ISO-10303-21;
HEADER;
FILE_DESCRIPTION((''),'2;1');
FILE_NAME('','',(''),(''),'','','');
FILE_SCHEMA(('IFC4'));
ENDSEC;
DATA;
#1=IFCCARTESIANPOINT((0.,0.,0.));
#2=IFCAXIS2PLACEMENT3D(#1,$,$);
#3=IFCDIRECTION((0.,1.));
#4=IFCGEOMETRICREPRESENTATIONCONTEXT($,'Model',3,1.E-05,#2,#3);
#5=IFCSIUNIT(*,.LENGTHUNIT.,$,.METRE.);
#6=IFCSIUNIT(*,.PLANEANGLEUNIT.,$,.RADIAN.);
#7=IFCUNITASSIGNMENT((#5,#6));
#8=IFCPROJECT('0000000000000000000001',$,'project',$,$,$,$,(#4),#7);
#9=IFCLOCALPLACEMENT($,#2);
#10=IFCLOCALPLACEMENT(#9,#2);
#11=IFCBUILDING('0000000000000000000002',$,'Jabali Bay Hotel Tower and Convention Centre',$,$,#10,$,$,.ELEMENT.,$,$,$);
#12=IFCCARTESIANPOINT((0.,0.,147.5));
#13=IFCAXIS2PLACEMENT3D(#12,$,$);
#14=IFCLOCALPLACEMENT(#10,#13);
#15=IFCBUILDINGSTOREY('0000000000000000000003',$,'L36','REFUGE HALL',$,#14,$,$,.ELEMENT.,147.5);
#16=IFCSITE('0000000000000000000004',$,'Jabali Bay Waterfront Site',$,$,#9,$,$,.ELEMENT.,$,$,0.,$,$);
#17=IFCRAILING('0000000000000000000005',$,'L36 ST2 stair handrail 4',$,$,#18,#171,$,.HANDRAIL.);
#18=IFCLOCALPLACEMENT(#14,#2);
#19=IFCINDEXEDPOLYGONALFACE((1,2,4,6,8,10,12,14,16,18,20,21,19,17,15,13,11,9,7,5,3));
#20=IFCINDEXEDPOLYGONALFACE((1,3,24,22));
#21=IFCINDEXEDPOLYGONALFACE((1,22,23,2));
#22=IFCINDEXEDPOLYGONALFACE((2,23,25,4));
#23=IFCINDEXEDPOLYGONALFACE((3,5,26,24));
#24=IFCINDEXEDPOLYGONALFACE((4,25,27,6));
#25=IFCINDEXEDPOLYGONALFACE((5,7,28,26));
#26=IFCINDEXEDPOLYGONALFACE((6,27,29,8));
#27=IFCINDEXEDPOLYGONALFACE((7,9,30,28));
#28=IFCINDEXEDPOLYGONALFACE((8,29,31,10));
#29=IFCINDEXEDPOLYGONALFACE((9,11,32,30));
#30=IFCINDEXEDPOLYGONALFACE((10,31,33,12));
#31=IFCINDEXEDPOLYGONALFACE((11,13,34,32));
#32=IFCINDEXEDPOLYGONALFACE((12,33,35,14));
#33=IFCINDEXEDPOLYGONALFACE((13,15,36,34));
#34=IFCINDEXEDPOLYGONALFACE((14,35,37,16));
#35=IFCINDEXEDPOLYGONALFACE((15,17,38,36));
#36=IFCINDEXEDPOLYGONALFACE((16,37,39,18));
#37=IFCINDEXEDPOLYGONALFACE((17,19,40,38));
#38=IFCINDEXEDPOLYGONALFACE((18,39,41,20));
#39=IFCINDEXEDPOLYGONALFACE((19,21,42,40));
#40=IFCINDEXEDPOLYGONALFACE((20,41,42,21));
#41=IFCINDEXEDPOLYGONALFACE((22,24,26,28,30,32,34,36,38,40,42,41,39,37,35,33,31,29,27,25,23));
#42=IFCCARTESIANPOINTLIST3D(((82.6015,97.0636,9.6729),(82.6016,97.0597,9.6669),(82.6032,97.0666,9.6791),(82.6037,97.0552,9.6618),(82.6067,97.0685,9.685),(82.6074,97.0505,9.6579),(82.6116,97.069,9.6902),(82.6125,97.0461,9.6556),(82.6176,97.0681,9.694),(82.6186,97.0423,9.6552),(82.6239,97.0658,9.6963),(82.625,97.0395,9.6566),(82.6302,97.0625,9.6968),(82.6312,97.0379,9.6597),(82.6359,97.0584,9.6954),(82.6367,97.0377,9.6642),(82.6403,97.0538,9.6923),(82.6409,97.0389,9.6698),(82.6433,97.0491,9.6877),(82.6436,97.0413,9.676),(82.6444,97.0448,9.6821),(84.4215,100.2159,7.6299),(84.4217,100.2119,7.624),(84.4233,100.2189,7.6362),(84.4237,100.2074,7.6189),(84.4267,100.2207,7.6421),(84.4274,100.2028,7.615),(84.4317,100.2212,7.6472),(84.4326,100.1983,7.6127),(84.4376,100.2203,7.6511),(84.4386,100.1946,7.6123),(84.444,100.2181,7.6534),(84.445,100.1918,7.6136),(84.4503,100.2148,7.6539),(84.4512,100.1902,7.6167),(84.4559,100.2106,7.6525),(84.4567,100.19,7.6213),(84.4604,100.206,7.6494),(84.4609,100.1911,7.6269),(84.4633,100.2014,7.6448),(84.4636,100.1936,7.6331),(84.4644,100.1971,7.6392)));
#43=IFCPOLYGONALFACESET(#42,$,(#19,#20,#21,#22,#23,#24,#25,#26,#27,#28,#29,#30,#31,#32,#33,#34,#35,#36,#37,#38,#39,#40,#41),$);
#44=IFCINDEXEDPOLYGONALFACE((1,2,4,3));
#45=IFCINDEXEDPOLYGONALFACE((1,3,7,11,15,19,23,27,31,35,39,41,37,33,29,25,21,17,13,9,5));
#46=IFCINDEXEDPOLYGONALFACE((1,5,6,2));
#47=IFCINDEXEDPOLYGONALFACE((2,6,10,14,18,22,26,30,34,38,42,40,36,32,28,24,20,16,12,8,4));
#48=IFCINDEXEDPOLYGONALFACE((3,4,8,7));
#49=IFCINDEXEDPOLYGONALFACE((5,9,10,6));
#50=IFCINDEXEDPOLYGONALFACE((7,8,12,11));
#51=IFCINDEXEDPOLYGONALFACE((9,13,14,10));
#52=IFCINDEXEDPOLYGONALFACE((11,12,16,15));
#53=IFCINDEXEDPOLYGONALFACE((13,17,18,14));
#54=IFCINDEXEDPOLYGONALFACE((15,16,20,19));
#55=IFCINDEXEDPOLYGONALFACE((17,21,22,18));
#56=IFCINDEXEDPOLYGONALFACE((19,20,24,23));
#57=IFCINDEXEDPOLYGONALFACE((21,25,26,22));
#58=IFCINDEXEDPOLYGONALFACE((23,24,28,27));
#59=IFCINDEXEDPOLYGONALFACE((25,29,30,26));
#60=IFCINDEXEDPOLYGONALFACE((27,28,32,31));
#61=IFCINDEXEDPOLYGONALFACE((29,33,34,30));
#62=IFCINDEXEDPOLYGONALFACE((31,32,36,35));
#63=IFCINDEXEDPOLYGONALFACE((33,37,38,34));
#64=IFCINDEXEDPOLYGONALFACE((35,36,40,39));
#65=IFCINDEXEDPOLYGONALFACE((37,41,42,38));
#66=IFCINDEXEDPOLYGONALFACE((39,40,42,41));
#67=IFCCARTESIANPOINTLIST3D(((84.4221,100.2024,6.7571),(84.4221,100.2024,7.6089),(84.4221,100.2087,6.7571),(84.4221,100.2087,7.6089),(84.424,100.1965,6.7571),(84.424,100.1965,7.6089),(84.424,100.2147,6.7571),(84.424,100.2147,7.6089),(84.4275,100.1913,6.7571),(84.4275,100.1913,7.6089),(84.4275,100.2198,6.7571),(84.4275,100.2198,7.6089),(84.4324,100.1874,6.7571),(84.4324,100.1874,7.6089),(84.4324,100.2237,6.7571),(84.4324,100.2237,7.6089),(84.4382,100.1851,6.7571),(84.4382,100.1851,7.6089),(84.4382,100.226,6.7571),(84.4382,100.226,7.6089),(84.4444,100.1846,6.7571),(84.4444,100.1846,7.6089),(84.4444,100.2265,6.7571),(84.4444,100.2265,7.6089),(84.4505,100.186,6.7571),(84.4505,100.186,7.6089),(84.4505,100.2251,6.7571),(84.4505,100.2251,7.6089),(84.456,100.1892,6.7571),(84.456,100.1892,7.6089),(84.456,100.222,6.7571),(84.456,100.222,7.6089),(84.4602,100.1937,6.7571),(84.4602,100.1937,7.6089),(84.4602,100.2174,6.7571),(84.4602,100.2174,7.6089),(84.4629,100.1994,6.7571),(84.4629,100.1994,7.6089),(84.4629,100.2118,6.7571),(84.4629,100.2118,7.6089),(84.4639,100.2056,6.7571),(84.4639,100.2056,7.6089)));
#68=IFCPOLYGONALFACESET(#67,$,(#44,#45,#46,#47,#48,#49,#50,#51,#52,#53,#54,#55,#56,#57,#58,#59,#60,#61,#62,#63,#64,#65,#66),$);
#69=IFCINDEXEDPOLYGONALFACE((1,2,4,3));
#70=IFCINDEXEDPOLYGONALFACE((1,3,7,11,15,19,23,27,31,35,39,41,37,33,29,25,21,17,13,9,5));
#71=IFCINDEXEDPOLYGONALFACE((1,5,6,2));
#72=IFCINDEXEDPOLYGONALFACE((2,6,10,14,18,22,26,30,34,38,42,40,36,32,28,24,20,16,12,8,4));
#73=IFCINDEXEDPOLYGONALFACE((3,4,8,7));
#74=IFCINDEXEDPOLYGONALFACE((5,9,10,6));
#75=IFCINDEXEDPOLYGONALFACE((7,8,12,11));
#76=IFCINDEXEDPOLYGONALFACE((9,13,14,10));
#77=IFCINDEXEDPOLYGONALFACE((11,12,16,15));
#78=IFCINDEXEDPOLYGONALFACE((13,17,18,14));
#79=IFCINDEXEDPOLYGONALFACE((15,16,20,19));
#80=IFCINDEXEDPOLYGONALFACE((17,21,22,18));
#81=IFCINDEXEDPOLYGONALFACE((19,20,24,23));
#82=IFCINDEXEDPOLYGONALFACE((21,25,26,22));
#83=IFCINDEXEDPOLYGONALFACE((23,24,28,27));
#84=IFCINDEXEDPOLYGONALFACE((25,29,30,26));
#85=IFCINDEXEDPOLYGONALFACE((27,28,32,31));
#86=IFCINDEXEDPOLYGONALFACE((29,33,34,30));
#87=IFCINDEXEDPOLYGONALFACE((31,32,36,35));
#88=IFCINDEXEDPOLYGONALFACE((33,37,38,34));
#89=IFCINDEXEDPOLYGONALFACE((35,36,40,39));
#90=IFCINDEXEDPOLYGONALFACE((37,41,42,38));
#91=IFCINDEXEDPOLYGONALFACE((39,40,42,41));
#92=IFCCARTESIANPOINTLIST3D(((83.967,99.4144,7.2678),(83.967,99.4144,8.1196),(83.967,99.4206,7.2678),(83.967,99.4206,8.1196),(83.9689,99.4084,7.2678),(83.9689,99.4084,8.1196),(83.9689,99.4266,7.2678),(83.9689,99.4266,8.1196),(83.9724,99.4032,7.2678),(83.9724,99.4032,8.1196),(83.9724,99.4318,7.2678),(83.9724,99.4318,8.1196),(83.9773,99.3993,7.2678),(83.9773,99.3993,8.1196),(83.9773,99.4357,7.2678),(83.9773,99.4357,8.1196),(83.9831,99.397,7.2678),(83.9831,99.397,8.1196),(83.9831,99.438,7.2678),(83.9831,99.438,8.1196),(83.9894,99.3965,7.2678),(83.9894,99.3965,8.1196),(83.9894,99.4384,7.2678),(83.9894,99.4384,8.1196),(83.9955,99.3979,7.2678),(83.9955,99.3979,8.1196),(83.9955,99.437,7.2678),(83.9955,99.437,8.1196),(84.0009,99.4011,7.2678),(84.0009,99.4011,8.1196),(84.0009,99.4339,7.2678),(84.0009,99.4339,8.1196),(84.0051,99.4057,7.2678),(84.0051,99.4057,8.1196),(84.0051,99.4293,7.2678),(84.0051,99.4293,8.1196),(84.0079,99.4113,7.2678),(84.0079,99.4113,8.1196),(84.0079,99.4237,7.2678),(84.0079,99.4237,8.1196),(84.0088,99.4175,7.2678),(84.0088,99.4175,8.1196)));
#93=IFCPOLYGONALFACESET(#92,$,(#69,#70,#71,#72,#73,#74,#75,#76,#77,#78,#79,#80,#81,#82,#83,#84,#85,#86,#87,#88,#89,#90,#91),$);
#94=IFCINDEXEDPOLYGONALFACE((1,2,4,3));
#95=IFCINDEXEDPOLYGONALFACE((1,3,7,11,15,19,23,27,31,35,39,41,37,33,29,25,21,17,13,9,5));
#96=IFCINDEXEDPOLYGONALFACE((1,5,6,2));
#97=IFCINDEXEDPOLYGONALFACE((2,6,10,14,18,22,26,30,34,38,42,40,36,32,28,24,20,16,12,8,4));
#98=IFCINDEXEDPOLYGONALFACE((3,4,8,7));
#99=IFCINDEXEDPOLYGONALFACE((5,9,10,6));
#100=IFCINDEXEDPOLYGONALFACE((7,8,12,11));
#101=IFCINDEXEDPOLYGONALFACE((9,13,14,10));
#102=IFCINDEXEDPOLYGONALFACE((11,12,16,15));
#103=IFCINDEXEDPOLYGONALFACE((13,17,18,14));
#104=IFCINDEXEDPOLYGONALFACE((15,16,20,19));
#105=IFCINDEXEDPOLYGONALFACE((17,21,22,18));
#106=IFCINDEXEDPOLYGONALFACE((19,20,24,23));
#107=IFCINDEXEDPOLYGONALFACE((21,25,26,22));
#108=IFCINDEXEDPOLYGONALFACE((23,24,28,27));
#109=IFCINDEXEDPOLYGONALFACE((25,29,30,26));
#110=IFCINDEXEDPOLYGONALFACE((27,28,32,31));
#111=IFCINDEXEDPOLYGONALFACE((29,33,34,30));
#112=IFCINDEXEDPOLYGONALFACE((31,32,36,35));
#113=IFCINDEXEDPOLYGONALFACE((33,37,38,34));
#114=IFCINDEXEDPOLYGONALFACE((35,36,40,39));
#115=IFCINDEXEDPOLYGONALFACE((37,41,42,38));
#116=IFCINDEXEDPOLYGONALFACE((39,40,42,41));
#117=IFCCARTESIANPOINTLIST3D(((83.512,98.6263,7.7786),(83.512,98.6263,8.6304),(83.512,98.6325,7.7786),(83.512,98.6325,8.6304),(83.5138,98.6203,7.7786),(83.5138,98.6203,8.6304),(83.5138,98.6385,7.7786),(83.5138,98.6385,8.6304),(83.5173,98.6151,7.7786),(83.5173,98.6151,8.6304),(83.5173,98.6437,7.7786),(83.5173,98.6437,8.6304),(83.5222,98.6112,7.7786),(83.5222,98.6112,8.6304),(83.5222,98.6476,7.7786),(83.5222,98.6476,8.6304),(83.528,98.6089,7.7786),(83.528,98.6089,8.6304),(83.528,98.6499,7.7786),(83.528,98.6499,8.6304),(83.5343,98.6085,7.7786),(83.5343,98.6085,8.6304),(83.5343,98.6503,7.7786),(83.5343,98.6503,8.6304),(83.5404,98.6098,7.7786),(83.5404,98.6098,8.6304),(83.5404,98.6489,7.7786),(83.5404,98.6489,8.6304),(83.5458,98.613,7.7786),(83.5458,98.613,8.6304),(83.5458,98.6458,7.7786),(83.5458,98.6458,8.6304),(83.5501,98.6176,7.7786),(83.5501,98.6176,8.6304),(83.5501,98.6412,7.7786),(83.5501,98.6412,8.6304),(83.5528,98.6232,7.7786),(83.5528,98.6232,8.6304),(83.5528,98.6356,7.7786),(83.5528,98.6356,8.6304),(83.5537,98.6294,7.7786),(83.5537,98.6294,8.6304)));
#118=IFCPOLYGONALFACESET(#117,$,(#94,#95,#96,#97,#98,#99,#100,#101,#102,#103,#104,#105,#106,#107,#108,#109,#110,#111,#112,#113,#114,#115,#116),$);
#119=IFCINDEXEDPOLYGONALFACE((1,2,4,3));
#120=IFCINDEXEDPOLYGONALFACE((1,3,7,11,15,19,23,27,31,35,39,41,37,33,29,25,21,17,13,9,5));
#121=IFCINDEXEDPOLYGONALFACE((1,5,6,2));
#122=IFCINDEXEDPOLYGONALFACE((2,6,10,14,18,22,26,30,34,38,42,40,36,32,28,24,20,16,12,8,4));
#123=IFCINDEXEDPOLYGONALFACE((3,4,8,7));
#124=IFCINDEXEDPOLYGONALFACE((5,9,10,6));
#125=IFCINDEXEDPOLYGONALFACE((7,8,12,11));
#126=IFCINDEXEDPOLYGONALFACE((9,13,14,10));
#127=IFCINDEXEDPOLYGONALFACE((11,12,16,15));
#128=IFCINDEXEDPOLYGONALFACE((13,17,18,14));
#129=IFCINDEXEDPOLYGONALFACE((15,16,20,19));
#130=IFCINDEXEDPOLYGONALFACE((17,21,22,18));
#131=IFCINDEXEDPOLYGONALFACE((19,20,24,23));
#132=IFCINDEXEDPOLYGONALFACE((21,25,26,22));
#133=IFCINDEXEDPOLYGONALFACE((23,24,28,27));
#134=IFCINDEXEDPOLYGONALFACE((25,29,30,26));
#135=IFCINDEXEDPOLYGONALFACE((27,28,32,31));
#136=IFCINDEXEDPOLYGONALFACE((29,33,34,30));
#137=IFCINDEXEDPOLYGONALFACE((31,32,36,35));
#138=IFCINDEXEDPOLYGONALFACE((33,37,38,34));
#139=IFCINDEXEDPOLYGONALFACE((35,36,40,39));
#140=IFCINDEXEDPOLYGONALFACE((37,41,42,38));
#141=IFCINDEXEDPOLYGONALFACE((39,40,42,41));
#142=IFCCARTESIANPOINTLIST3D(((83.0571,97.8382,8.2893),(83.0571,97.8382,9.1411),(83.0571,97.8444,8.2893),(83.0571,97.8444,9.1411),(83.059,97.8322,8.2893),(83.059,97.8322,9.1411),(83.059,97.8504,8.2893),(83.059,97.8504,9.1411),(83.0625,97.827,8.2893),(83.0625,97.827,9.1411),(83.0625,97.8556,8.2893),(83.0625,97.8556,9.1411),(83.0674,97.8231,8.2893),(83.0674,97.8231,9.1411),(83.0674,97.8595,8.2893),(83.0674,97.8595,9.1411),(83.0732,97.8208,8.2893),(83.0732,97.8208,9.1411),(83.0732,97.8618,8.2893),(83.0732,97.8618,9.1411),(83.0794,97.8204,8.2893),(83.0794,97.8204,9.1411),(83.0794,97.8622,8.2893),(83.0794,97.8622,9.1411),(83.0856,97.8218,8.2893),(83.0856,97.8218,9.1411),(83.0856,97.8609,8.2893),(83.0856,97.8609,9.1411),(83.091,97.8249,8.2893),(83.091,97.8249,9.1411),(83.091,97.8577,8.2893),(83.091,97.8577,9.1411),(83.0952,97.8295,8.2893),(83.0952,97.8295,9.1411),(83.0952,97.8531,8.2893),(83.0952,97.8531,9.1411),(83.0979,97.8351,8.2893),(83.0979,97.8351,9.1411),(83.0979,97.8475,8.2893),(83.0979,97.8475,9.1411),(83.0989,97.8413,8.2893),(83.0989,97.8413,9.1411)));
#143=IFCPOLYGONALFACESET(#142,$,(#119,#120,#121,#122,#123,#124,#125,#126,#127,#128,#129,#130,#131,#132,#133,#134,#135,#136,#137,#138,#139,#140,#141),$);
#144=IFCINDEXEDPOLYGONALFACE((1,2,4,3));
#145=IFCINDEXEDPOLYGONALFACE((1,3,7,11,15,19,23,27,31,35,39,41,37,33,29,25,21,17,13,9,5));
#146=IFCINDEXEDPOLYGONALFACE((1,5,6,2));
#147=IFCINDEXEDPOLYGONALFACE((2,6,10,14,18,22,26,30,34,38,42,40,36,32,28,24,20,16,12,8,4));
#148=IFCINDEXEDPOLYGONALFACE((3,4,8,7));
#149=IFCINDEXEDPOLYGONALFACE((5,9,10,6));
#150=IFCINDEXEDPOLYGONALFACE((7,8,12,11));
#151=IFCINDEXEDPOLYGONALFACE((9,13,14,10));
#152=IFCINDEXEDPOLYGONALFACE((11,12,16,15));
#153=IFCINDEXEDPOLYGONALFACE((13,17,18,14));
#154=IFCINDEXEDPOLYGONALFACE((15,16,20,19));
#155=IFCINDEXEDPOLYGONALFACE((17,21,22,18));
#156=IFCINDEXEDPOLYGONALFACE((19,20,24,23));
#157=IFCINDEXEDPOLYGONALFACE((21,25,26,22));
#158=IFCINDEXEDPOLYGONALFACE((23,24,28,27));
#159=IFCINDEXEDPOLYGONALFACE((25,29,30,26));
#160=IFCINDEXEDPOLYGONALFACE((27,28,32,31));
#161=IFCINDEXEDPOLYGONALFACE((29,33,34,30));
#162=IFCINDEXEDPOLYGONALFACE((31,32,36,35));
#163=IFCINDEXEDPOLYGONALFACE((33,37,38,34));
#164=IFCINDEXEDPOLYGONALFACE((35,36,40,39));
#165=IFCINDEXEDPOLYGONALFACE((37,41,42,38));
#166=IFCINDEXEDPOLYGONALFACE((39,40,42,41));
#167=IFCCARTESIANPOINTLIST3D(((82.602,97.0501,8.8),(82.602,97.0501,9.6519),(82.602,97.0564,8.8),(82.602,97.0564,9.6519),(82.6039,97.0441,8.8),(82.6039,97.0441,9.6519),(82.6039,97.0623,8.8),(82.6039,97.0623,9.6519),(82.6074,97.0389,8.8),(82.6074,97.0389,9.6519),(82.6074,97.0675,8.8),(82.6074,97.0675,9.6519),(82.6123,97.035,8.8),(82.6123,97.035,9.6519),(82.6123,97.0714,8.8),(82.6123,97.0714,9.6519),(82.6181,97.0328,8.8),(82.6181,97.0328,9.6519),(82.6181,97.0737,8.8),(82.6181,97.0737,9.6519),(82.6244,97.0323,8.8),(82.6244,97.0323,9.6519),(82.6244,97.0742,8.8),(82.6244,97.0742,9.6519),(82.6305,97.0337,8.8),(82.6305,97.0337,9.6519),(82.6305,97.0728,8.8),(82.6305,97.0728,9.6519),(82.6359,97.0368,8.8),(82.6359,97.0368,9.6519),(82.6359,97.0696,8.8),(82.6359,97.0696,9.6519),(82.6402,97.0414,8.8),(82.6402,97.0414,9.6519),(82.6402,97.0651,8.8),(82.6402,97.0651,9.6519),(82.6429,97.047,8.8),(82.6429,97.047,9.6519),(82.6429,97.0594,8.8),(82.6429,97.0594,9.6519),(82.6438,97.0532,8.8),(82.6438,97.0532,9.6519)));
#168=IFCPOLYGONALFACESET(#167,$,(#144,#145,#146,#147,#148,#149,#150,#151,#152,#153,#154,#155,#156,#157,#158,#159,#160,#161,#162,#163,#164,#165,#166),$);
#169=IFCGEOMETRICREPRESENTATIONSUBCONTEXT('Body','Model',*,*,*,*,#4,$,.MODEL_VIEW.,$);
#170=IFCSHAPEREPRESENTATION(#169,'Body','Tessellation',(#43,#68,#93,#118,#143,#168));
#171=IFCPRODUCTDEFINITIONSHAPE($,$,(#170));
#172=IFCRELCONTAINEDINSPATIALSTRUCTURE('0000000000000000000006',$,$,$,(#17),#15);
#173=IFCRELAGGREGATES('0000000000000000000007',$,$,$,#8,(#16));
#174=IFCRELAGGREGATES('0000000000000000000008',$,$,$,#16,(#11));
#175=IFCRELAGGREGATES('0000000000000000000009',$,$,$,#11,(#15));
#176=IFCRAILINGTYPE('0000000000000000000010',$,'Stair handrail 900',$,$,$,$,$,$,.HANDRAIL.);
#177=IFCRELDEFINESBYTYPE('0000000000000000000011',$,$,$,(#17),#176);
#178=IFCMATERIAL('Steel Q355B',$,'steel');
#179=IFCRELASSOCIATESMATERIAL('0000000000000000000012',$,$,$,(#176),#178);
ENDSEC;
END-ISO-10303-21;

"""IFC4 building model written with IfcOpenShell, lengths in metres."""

from ifc_helpers import new_model, si_unit, direction, frame, origin, origin_2d, place, context, subcontext, project, spatial, circle, extrude, material, type_object, element, save


model = new_model("IFC4")

# Units and contexts
model_context = context("Model", 3, precision=1e-05, world=origin(), true_north=direction((0.0, 1.0)))
body_context = subcontext(model_context, "Body", "Model", "MODEL_VIEW")
ifc_project = project(units=[si_unit("LENGTHUNIT", "METRE"), si_unit("PLANEANGLEUNIT", "RADIAN")], contexts=[model_context])

# Site, building, storey
site_placement = place(None, origin())
site = spatial("IfcSite", under=ifc_project, at=site_placement, Name="Jabali Bay Waterfront Site", CompositionType="ELEMENT", RefElevation=0.0)
building_placement = place(site_placement, origin())
building = spatial("IfcBuilding", under=site, at=building_placement, Name="Jabali Bay Hotel Tower and Convention Centre", CompositionType="ELEMENT")
storey_placement = place(building_placement, frame((0.0, 0.0, 147.5)))
storey = spatial("IfcBuildingStorey", under=building, at=storey_placement, Name="L36", Description="REFUGE HALL", CompositionType="ELEMENT", Elevation=147.5)

# Railing
ifc_material_1 = material(Name="Steel Q355B", Category="steel")
railing_type_1 = type_object("IfcRailingType", Name="Stair handrail 900", PredefinedType="HANDRAIL", material=ifc_material_1)
railing_1_placement = place(storey_placement, frame((84.4429, 100.2056, 6.7571)))
element("IfcRailing", 1, at=railing_1_placement, inside=storey, type_object=railing_type_1, Name="L36 ST2 stair handrail 4", PredefinedType="HANDRAIL", context=body_context, shape_type="SweptSolid", body=[
    extrude(circle(Radius=0.0239, at=origin_2d()), frame((0.0, 0.0, 0.876), z_axis=(-0.436032, -0.755204, 0.489432), x_axis=(0.866018, -0.500013, 0.0)), (0.0, 0.0, 1.0), 4.1741),
    extrude(circle(Radius=0.021, at=origin_2d()), origin(), (0.0, 0.0, 1.0), 0.8518),
    extrude(circle(Radius=0.021, at=origin_2d()), frame((-0.4551, -0.7881, 0.5107)), (0.0, 0.0, 1.0), 0.8518),
    extrude(circle(Radius=0.021, at=origin_2d()), frame((-0.9102, -1.5762, 1.0215)), (0.0, 0.0, 1.0), 0.8518),
    extrude(circle(Radius=0.021, at=origin_2d()), frame((-1.365, -2.3643, 1.5322)), (0.0, 0.0, 1.0), 0.8518),
    extrude(circle(Radius=0.021, at=origin_2d()), frame((-1.8201, -3.1523, 2.043)), (0.0, 0.0, 1.0), 0.8518),
])

save(model, "model.ifc")
